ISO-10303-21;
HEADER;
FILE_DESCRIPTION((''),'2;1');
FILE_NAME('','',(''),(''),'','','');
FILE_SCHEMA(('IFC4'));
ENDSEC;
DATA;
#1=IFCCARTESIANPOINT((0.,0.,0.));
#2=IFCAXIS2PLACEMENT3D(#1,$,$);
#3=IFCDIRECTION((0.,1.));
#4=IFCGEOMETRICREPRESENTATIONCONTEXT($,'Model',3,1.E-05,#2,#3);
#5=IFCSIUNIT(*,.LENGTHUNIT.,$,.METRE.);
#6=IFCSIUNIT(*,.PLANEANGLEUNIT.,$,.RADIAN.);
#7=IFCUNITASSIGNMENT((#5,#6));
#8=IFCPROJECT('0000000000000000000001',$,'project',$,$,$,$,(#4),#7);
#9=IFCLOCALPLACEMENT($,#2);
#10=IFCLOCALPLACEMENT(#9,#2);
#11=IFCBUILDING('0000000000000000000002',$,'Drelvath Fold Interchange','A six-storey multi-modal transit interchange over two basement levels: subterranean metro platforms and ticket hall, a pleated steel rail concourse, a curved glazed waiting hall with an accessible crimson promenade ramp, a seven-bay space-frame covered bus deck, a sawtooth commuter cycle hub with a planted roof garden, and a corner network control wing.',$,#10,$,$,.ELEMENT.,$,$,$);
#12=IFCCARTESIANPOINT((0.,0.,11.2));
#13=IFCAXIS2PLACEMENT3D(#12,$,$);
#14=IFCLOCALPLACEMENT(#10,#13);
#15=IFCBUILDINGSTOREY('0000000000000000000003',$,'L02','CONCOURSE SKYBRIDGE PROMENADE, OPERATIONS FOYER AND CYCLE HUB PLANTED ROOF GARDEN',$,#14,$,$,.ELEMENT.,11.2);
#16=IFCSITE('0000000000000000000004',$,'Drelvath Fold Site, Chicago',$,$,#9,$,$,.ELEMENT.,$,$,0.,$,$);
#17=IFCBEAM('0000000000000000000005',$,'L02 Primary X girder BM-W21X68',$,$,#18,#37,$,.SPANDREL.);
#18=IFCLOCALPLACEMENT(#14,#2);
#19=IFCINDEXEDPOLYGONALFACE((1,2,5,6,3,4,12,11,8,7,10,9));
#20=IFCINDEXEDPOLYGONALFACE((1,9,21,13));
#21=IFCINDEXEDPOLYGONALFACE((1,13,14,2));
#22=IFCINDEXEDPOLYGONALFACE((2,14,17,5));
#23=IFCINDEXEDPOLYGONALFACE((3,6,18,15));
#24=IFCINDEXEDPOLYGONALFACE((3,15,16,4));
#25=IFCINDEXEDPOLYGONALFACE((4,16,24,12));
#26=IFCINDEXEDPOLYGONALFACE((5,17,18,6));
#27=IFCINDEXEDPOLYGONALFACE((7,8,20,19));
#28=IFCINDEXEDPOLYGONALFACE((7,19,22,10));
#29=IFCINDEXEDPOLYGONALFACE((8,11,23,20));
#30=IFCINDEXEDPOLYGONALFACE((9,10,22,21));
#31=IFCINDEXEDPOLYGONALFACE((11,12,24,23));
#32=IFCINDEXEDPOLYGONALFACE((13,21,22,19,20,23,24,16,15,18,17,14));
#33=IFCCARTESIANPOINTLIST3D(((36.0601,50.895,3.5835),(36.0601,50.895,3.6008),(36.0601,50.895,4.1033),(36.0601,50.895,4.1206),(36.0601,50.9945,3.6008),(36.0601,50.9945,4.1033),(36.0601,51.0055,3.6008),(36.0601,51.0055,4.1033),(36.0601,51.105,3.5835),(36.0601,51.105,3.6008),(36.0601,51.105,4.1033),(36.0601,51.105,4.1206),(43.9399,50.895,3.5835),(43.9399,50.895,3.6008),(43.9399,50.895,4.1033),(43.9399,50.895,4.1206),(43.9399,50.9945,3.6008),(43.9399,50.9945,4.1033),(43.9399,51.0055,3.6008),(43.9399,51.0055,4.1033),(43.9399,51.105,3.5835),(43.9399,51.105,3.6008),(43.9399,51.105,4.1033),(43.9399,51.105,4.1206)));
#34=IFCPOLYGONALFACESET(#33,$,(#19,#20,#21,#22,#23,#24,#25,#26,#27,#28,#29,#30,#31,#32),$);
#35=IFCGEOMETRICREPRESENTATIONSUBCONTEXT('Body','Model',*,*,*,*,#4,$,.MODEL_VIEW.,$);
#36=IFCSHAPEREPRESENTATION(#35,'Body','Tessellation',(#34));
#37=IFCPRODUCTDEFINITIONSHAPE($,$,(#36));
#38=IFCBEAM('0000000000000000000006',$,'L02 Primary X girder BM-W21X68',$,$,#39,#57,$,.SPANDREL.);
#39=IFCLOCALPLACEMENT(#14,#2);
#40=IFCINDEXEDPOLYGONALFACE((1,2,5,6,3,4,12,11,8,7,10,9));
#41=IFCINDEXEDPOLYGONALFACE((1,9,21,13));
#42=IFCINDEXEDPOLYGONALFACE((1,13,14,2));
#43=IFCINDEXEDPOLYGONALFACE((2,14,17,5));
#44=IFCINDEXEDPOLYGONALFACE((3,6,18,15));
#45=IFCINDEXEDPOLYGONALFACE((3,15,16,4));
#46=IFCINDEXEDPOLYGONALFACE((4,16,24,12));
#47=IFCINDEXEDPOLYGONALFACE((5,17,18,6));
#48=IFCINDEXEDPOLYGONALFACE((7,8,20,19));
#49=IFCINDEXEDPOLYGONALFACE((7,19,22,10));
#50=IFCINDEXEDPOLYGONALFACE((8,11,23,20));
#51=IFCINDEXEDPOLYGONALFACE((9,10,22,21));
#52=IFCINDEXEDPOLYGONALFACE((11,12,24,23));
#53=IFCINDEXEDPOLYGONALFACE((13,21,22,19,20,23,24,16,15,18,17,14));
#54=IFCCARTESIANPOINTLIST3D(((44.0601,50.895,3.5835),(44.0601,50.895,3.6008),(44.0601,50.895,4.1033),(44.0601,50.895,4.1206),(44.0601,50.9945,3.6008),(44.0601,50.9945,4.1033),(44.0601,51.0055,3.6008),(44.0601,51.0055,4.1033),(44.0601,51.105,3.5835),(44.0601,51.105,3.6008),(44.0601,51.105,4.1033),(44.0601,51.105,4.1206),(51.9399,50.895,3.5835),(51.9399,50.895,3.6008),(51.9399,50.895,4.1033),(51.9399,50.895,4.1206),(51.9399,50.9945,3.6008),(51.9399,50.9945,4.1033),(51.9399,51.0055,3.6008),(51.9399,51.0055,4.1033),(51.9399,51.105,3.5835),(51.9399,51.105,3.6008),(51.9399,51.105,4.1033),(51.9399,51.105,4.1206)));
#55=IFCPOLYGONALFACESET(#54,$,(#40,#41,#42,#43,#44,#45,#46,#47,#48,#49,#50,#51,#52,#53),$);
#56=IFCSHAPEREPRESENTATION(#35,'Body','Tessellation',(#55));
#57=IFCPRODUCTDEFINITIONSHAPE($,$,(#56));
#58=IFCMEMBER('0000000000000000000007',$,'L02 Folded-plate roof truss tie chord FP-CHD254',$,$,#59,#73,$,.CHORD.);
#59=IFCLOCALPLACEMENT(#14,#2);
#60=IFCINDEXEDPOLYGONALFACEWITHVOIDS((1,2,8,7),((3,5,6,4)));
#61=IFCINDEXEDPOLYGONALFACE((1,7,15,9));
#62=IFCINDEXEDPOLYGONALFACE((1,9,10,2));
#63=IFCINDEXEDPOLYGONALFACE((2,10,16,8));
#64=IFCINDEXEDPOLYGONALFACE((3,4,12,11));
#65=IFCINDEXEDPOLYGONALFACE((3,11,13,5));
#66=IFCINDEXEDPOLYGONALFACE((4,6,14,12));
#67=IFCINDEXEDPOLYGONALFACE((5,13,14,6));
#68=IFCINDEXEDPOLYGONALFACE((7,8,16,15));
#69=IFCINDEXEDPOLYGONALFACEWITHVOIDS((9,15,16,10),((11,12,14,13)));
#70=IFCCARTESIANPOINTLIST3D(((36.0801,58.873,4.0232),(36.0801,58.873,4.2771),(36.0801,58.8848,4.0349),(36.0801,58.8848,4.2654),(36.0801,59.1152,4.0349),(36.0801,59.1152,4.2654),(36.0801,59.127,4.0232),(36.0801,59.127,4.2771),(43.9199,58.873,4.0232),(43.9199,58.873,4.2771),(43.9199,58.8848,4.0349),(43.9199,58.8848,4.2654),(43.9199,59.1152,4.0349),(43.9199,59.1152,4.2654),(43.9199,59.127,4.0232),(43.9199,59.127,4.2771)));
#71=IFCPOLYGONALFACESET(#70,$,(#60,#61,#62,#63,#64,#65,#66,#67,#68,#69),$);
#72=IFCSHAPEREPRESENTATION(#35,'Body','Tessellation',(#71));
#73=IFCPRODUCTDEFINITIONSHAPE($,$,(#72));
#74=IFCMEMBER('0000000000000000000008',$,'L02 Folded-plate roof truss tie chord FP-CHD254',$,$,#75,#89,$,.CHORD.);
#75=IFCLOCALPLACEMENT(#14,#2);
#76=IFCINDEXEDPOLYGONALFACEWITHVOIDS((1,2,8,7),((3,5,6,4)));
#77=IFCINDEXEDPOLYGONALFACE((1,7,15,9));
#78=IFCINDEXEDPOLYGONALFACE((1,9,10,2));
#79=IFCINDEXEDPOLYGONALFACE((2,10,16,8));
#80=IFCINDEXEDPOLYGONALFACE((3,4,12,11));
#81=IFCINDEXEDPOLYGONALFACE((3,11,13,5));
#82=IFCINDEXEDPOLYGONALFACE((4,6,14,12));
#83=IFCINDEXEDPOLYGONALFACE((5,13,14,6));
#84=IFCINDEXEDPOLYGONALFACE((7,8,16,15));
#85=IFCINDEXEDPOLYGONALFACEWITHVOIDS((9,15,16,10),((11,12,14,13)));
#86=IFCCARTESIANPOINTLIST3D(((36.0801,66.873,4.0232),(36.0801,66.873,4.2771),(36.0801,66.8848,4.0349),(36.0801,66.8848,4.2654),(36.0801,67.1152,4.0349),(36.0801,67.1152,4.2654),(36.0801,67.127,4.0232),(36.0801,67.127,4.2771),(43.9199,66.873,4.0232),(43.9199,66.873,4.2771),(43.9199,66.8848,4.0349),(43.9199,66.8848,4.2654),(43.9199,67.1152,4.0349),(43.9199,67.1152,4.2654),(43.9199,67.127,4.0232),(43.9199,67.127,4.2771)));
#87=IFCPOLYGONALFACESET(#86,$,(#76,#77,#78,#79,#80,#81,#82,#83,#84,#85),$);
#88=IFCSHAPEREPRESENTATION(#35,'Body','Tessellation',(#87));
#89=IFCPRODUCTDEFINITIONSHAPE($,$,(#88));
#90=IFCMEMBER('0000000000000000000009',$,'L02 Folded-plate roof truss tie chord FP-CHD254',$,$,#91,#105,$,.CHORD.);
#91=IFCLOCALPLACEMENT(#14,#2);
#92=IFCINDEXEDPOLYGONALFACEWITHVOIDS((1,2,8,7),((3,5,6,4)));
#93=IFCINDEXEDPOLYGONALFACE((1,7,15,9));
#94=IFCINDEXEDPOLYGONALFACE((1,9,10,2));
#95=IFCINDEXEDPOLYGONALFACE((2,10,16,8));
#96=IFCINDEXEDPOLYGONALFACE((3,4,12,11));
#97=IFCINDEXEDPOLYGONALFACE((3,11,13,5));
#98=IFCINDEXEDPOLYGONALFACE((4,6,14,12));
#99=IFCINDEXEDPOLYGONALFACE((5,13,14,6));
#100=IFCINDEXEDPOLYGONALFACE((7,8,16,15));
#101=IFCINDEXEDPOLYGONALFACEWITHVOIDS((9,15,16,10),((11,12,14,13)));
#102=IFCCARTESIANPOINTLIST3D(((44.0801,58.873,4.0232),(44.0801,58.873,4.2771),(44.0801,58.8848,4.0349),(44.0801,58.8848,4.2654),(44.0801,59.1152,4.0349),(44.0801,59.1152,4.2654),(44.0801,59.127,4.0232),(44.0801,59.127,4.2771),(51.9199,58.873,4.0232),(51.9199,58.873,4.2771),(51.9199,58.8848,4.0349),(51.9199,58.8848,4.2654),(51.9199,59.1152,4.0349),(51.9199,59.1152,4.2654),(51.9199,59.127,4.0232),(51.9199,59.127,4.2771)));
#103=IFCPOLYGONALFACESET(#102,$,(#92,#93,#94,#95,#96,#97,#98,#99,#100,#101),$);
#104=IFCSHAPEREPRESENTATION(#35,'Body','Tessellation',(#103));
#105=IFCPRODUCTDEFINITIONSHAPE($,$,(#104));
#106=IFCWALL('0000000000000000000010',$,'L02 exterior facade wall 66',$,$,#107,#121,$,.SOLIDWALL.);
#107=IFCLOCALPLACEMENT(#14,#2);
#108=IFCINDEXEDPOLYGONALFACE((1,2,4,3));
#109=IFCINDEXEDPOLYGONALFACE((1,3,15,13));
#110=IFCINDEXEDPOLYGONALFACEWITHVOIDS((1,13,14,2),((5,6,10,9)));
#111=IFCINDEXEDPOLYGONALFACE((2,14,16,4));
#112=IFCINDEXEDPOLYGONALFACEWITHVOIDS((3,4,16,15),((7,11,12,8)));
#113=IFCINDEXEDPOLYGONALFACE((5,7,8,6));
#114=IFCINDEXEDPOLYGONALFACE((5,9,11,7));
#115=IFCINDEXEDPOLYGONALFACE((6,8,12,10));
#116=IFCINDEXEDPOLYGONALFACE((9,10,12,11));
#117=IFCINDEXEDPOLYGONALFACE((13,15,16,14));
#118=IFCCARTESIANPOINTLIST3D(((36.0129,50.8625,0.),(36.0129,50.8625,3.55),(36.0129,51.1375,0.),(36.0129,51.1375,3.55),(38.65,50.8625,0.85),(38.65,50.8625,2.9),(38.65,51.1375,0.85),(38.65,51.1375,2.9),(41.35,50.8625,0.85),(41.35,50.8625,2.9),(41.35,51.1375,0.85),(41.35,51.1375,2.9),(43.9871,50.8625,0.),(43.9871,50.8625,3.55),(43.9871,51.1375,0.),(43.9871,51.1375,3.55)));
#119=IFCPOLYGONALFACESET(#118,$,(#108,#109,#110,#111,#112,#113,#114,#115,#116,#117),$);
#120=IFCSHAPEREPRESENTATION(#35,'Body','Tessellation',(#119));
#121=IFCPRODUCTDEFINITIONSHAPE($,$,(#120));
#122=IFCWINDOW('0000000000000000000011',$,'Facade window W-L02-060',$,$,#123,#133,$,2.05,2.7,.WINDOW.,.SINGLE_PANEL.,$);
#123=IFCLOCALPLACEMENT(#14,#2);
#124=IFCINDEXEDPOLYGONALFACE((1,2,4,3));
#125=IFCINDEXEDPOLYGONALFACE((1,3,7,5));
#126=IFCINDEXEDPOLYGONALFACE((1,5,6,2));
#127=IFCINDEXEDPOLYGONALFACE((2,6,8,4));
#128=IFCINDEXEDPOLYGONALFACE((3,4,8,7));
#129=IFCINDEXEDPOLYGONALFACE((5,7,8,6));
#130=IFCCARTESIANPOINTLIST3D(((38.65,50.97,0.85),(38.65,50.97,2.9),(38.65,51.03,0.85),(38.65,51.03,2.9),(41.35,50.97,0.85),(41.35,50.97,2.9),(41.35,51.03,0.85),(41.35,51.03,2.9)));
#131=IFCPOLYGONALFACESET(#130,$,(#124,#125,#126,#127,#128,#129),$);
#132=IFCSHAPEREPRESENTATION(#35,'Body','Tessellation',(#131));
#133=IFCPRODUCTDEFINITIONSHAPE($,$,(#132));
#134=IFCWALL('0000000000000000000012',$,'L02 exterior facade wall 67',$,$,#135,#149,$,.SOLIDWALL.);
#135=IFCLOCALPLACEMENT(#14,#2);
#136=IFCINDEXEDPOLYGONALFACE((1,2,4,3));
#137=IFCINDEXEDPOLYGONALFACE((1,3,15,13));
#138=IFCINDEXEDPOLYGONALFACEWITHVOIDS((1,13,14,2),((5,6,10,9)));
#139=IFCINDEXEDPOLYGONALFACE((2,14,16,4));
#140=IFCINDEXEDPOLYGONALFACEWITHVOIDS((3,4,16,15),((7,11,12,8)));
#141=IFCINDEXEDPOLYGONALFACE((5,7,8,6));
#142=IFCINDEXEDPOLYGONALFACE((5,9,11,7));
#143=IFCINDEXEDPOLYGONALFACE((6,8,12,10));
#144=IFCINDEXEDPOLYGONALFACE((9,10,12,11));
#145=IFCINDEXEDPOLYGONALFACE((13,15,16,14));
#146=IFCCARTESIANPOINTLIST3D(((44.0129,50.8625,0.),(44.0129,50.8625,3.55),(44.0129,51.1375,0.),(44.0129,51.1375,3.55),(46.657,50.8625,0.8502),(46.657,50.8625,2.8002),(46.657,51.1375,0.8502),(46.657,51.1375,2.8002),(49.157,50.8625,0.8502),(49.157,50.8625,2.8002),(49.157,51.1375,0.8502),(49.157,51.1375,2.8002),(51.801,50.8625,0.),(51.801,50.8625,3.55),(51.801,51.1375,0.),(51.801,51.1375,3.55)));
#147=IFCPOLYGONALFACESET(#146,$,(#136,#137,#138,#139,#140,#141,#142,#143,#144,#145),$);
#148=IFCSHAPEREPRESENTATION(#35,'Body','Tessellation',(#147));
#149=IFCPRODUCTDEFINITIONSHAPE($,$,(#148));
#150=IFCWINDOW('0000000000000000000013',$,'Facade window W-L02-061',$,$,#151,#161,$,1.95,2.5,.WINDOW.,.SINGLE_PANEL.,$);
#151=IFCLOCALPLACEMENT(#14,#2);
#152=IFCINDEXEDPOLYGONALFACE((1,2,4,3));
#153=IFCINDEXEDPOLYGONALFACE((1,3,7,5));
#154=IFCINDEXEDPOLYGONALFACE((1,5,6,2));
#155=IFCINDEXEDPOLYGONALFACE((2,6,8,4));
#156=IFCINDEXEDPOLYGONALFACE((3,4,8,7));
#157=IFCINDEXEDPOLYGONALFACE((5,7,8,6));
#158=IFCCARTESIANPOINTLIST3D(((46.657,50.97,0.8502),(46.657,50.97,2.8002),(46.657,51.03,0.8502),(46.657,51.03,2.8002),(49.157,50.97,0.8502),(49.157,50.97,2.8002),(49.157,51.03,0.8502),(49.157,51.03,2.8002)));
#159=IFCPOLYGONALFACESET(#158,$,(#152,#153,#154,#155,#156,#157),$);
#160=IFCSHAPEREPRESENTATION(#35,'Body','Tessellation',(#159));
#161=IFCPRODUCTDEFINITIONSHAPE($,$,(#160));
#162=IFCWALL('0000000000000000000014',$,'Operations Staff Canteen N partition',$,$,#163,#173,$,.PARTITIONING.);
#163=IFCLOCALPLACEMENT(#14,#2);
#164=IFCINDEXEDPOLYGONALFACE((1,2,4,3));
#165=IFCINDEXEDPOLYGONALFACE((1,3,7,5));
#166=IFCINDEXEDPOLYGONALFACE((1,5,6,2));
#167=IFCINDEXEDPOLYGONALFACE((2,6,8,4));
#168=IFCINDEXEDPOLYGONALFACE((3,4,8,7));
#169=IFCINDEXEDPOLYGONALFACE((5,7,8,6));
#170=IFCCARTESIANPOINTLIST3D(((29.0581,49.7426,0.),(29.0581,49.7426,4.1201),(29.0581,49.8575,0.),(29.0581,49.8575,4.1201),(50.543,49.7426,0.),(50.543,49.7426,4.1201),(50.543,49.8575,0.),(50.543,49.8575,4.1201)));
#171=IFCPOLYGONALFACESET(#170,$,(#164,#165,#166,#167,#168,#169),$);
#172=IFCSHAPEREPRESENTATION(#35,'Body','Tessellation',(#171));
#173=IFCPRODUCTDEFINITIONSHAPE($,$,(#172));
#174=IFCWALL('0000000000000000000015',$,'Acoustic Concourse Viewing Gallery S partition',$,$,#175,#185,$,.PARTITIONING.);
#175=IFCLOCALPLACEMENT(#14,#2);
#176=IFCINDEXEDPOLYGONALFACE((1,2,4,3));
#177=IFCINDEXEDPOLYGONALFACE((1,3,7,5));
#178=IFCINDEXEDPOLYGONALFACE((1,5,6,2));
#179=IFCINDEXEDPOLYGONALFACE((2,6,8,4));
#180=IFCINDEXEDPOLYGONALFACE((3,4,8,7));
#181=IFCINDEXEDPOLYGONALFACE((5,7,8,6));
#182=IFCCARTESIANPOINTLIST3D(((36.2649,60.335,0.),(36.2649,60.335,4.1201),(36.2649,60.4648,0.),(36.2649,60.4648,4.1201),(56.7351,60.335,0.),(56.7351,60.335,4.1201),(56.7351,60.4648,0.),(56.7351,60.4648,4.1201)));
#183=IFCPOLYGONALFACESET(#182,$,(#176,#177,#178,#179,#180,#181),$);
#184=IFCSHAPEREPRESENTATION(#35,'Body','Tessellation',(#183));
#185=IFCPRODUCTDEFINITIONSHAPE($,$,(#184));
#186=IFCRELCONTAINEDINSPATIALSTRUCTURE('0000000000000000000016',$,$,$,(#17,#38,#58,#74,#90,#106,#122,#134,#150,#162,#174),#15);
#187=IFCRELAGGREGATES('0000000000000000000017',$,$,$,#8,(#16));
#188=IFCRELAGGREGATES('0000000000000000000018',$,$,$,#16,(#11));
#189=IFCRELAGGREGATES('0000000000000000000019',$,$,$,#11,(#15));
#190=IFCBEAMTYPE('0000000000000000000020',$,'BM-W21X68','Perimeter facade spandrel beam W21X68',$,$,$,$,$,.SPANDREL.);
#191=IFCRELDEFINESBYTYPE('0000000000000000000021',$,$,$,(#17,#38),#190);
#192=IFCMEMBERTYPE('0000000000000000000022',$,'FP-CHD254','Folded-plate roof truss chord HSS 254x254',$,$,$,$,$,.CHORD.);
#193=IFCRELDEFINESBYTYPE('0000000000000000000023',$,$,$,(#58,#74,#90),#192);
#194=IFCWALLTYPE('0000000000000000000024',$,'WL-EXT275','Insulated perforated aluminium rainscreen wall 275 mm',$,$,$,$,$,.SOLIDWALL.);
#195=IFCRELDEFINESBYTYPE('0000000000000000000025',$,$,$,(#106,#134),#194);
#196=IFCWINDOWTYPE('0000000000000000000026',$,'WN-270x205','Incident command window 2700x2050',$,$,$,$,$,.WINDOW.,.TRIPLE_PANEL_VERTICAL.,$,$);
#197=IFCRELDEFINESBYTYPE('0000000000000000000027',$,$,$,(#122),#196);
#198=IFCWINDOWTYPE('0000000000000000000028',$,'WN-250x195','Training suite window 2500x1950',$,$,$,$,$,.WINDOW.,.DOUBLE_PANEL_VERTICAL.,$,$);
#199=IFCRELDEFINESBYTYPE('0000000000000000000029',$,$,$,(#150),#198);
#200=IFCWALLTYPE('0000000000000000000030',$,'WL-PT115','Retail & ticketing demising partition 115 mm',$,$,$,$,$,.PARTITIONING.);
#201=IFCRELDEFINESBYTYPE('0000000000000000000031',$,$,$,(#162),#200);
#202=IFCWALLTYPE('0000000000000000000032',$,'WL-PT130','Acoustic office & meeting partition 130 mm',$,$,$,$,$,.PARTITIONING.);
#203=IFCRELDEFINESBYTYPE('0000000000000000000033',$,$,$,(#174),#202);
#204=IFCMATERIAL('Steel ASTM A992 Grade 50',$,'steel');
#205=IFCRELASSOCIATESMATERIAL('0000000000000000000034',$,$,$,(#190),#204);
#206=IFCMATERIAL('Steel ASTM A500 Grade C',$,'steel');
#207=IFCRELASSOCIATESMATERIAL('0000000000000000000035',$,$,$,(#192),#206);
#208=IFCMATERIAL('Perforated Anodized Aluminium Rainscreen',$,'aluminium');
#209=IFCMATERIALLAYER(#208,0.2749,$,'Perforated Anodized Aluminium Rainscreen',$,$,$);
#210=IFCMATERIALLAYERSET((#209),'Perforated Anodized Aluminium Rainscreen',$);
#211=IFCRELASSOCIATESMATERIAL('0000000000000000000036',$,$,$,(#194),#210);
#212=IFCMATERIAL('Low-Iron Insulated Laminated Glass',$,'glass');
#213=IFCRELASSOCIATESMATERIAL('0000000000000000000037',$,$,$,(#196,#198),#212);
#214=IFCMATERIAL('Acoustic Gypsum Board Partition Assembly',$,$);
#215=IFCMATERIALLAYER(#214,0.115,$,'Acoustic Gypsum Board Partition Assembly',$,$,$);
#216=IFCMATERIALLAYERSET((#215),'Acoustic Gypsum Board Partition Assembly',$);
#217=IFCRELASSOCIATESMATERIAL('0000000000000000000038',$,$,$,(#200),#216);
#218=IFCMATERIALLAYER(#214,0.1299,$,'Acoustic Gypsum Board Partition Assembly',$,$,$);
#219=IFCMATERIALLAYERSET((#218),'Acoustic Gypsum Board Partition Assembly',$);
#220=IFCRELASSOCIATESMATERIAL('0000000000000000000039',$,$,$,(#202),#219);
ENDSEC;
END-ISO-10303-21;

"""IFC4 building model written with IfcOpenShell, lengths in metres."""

from ifc_helpers import new_model, si_unit, direction, frame, frame_2d, origin, origin_2d, place, context, subcontext, project, spatial, rectangle, hollow_rectangle, i_section, extrude, material, layer, layer_set, material_profile, profile_set, type_object, element, fill, save


model = new_model("IFC4")

# Units and contexts
model_context = context("Model", 3, precision=1e-05, world=origin(), true_north=direction((0.0, 1.0)))
body_context = subcontext(model_context, "Body", "Model", "MODEL_VIEW")
ifc_project = project(units=[si_unit("LENGTHUNIT", "METRE"), si_unit("PLANEANGLEUNIT", "RADIAN")], contexts=[model_context])

# Site, building, storey
site_placement = place(None, origin())
site = spatial("IfcSite", under=ifc_project, at=site_placement, Name="Drelvath Fold Site, Chicago", CompositionType="ELEMENT", RefElevation=0.0)
building_placement = place(site_placement, origin())
building = spatial("IfcBuilding", under=site, at=building_placement, Name="Drelvath Fold Interchange", Description="A six-storey multi-modal transit interchange over two basement levels: subterranean metro platforms and ticket hall, a pleated steel rail concourse, a curved glazed waiting hall with an accessible crimson promenade ramp, a seven-bay space-frame covered bus deck, a sawtooth commuter cycle hub with a planted roof garden, and a corner network control wing.", CompositionType="ELEMENT")
storey_placement = place(building_placement, frame((0.0, 0.0, 11.2)))
storey = spatial("IfcBuildingStorey", under=building, at=storey_placement, Name="L02", Description="CONCOURSE SKYBRIDGE PROMENADE, OPERATIONS FOYER AND CYCLE HUB PLANTED ROOF GARDEN", CompositionType="ELEMENT", Elevation=11.2)

# Shared definitions
ifc_material_1 = material(Name="Steel ASTM A500 Grade C", Category="steel")
ifc_material_2 = material(Name="Steel ASTM A992 Grade 50", Category="steel")

# Beams
ifc_material_profile_1 = material_profile(ifc_material_2, i_section(OverallWidth=0.21, OverallDepth=0.5371, WebThickness=0.011, FlangeThickness=0.0173, at=origin_2d()), Name="W21X68")
ifc_profile_set_1 = profile_set([ifc_material_profile_1], Name="Steel ASTM A992 Grade 50")
beam_type_1 = type_object("IfcBeamType", Name="BM-W21X68", Description="Perimeter facade spandrel beam W21X68", PredefinedType="SPANDREL", material=ifc_profile_set_1)
for number, where, z_axis, x_axis, name in (
    (1, (36.0601, 51.0, 3.8521), (1.0, 0.0, 0.0), (0.0, 1.0, 0.0), "L02 Primary X girder BM-W21X68"),
    (2, (44.0601, 51.0, 3.8521), (1.0, 0.0, 0.0), (0.0, 1.0, 0.0), "L02 Primary X girder BM-W21X68"),
):
    element("IfcBeam", number, at=place(storey_placement, frame(where, z_axis=z_axis, x_axis=x_axis)), inside=storey, type_object=beam_type_1, Name=name, PredefinedType="SPANDREL", context=body_context, shape_type="SweptSolid", body=[
        extrude(i_section(OverallWidth=0.21, OverallDepth=0.5371, WebThickness=0.011, FlangeThickness=0.0173, at=origin_2d()), origin(), (0.0, 0.0, 1.0), 7.8799),
    ])

# Members
ifc_material_profile_2 = material_profile(ifc_material_1, hollow_rectangle(XDim=0.2539, YDim=0.2539, WallThickness=0.0117, at=origin_2d()), Name="HSS10X10X1/2")
ifc_profile_set_2 = profile_set([ifc_material_profile_2], Name="Steel ASTM A500 Grade C")
member_type = type_object("IfcMemberType", Name="FP-CHD254", Description="Folded-plate roof truss chord HSS 254x254", PredefinedType="CHORD", material=ifc_profile_set_2)
for number, where, z_axis, x_axis, name in (
    (3, (36.0801, 59.0, 4.1501), (1.0, 0.0, 0.0), (0.0, 1.0, 0.0), "L02 Folded-plate roof truss tie chord FP-CHD254"),
    (4, (36.0801, 67.0, 4.1501), (1.0, 0.0, 0.0), (0.0, 1.0, 0.0), "L02 Folded-plate roof truss tie chord FP-CHD254"),
    (5, (44.0801, 59.0, 4.1501), (1.0, 0.0, 0.0), (0.0, 1.0, 0.0), "L02 Folded-plate roof truss tie chord FP-CHD254"),
):
    element("IfcMember", number, at=place(storey_placement, frame(where, z_axis=z_axis, x_axis=x_axis)), inside=storey, type_object=member_type, Name=name, PredefinedType="CHORD", context=body_context, shape_type="SweptSolid", body=[
        extrude(hollow_rectangle(XDim=0.2539, YDim=0.2539, WallThickness=0.0117, at=origin_2d()), origin(), (0.0, 0.0, 1.0), 7.8398),
    ])

# Walls, openings, windows
ifc_material_3 = material(Name="Perforated Anodized Aluminium Rainscreen", Category="aluminium")
ifc_layer_1 = layer(ifc_material_3, 0.2749, Name="Perforated Anodized Aluminium Rainscreen")
ifc_layer_set_1 = layer_set([ifc_layer_1], Name="Perforated Anodized Aluminium Rainscreen")
wall_type_1 = type_object("IfcWallType", Name="WL-EXT275", Description="Insulated perforated aluminium rainscreen wall 275 mm", PredefinedType="SOLIDWALL", material=ifc_layer_set_1)
wall_1_placement = place(storey_placement, frame((36.0129, 51.0, 0.0), z_axis=(0.0, 0.0, 1.0), x_axis=(1.0, 0.0, 0.0)))
wall_1 = element("IfcWall", 6, at=wall_1_placement, inside=storey, type_object=wall_type_1, Name="L02 exterior facade wall 66", PredefinedType="SOLIDWALL", context=body_context, shape_type="SweptSolid", body=[
    extrude(rectangle(XDim=7.9741, YDim=0.2749, at=frame_2d((3.9871, 0.0))), origin(), (0.0, 0.0, 1.0), 3.55),
])
opening_1_placement = place(wall_1_placement, frame((2.637, 0.0, 0.8501)))
opening_1 = element("IfcOpeningElement", 7, at=opening_1_placement, cuts=wall_1, PredefinedType="OPENING", context=body_context, shape_type="SweptSolid", body=[
    extrude(rectangle(XDim=2.7, YDim=2.05, at=frame_2d((1.3501, 1.0249))), frame((0.0, 0.1475, 0.0), z_axis=(0.0, -1.0, 0.0), x_axis=(1.0, 0.0, 0.0)), (0.0, 0.0, 1.0), 0.2949),
])
ifc_material_4 = material(Name="Low-Iron Insulated Laminated Glass", Category="glass")
window_type_1 = type_object("IfcWindowType", Name="WN-270x205", Description="Incident command window 2700x2050", PartitioningType="TRIPLE_PANEL_VERTICAL", PredefinedType="WINDOW", material=ifc_material_4)
window_1_placement = place(opening_1_placement, origin())
window_1 = element("IfcWindow", 8, at=window_1_placement, inside=storey, type_object=window_type_1, Name="Facade window W-L02-060", OverallHeight=2.05, OverallWidth=2.7, PartitioningType="SINGLE_PANEL", PredefinedType="WINDOW", context=body_context, shape_type="SweptSolid", body=[
    extrude(rectangle(XDim=2.7, YDim=2.05, at=frame_2d((1.3501, 1.0249))), frame((0.0, 0.03, 0.0), z_axis=(0.0, -1.0, 0.0), x_axis=(1.0, 0.0, 0.0)), (0.0, 0.0, 1.0), 0.0601),
])
fill(opening_1, window_1)
wall_2_placement = place(storey_placement, frame((44.0129, 51.0, 0.0), z_axis=(0.0, 0.0, 1.0), x_axis=(1.0, 0.0, 0.0)))
wall_2 = element("IfcWall", 9, at=wall_2_placement, inside=storey, type_object=wall_type_1, Name="L02 exterior facade wall 67", PredefinedType="SOLIDWALL", context=body_context, shape_type="SweptSolid", body=[
    extrude(rectangle(XDim=7.7881, YDim=0.2749, at=frame_2d((3.894, 0.0))), origin(), (0.0, 0.0, 1.0), 3.55),
])
opening_2_placement = place(wall_2_placement, frame((2.644, 0.0, 0.8501)))
opening_2 = element("IfcOpeningElement", 10, at=opening_2_placement, cuts=wall_2, PredefinedType="OPENING", context=body_context, shape_type="SweptSolid", body=[
    extrude(rectangle(XDim=2.5, YDim=1.95, at=frame_2d((1.25, 0.9751))), frame((0.0, 0.1475, 0.0), z_axis=(0.0, -1.0, 0.0), x_axis=(1.0, 0.0, 0.0)), (0.0, 0.0, 1.0), 0.2949),
])
window_type_2 = type_object("IfcWindowType", Name="WN-250x195", Description="Training suite window 2500x1950", PartitioningType="DOUBLE_PANEL_VERTICAL", PredefinedType="WINDOW", material=ifc_material_4)
window_2_placement = place(opening_2_placement, origin())
window_2 = element("IfcWindow", 11, at=window_2_placement, inside=storey, type_object=window_type_2, Name="Facade window W-L02-061", OverallHeight=1.95, OverallWidth=2.5, PartitioningType="SINGLE_PANEL", PredefinedType="WINDOW", context=body_context, shape_type="SweptSolid", body=[
    extrude(rectangle(XDim=2.5, YDim=1.95, at=frame_2d((1.25, 0.9751))), frame((0.0, 0.03, 0.0), z_axis=(0.0, -1.0, 0.0), x_axis=(1.0, 0.0, 0.0)), (0.0, 0.0, 1.0), 0.0601),
])
fill(opening_2, window_2)

# Walls
ifc_material_5 = material(Name="Acoustic Gypsum Board Partition Assembly")
ifc_layer_2 = layer(ifc_material_5, 0.115, Name="Acoustic Gypsum Board Partition Assembly")
ifc_layer_set_2 = layer_set([ifc_layer_2], Name="Acoustic Gypsum Board Partition Assembly")
wall_type_2 = type_object("IfcWallType", Name="WL-PT115", Description="Retail & ticketing demising partition 115 mm", PredefinedType="PARTITIONING", material=ifc_layer_set_2)
wall_3_placement = place(storey_placement, frame((50.543, 49.8, 0.0), z_axis=(0.0, 0.0, 1.0), x_axis=(-1.0, 0.0, 0.0)))
element("IfcWall", 12, at=wall_3_placement, inside=storey, type_object=wall_type_2, Name="Operations Staff Canteen N partition", PredefinedType="PARTITIONING", context=body_context, shape_type="SweptSolid", body=[
    extrude(rectangle(XDim=21.4849, YDim=0.115, at=frame_2d((10.7424, 0.0))), origin(), (0.0, 0.0, 1.0), 4.1201),
])
ifc_layer_3 = layer(ifc_material_5, 0.1299, Name="Acoustic Gypsum Board Partition Assembly")
ifc_layer_set_3 = layer_set([ifc_layer_3], Name="Acoustic Gypsum Board Partition Assembly")
wall_type_3 = type_object("IfcWallType", Name="WL-PT130", Description="Acoustic office & meeting partition 130 mm", PredefinedType="PARTITIONING", material=ifc_layer_set_3)
wall_4_placement = place(storey_placement, frame((36.2649, 60.3999, 0.0), z_axis=(0.0, 0.0, 1.0), x_axis=(1.0, 0.0, 0.0)))
element("IfcWall", 13, at=wall_4_placement, inside=storey, type_object=wall_type_3, Name="Acoustic Concourse Viewing Gallery S partition", PredefinedType="PARTITIONING", context=body_context, shape_type="SweptSolid", body=[
    extrude(rectangle(XDim=20.4702, YDim=0.1299, at=frame_2d((10.2351, 0.0))), origin(), (0.0, 0.0, 1.0), 4.1201),
])

save(model, "model.ifc")
